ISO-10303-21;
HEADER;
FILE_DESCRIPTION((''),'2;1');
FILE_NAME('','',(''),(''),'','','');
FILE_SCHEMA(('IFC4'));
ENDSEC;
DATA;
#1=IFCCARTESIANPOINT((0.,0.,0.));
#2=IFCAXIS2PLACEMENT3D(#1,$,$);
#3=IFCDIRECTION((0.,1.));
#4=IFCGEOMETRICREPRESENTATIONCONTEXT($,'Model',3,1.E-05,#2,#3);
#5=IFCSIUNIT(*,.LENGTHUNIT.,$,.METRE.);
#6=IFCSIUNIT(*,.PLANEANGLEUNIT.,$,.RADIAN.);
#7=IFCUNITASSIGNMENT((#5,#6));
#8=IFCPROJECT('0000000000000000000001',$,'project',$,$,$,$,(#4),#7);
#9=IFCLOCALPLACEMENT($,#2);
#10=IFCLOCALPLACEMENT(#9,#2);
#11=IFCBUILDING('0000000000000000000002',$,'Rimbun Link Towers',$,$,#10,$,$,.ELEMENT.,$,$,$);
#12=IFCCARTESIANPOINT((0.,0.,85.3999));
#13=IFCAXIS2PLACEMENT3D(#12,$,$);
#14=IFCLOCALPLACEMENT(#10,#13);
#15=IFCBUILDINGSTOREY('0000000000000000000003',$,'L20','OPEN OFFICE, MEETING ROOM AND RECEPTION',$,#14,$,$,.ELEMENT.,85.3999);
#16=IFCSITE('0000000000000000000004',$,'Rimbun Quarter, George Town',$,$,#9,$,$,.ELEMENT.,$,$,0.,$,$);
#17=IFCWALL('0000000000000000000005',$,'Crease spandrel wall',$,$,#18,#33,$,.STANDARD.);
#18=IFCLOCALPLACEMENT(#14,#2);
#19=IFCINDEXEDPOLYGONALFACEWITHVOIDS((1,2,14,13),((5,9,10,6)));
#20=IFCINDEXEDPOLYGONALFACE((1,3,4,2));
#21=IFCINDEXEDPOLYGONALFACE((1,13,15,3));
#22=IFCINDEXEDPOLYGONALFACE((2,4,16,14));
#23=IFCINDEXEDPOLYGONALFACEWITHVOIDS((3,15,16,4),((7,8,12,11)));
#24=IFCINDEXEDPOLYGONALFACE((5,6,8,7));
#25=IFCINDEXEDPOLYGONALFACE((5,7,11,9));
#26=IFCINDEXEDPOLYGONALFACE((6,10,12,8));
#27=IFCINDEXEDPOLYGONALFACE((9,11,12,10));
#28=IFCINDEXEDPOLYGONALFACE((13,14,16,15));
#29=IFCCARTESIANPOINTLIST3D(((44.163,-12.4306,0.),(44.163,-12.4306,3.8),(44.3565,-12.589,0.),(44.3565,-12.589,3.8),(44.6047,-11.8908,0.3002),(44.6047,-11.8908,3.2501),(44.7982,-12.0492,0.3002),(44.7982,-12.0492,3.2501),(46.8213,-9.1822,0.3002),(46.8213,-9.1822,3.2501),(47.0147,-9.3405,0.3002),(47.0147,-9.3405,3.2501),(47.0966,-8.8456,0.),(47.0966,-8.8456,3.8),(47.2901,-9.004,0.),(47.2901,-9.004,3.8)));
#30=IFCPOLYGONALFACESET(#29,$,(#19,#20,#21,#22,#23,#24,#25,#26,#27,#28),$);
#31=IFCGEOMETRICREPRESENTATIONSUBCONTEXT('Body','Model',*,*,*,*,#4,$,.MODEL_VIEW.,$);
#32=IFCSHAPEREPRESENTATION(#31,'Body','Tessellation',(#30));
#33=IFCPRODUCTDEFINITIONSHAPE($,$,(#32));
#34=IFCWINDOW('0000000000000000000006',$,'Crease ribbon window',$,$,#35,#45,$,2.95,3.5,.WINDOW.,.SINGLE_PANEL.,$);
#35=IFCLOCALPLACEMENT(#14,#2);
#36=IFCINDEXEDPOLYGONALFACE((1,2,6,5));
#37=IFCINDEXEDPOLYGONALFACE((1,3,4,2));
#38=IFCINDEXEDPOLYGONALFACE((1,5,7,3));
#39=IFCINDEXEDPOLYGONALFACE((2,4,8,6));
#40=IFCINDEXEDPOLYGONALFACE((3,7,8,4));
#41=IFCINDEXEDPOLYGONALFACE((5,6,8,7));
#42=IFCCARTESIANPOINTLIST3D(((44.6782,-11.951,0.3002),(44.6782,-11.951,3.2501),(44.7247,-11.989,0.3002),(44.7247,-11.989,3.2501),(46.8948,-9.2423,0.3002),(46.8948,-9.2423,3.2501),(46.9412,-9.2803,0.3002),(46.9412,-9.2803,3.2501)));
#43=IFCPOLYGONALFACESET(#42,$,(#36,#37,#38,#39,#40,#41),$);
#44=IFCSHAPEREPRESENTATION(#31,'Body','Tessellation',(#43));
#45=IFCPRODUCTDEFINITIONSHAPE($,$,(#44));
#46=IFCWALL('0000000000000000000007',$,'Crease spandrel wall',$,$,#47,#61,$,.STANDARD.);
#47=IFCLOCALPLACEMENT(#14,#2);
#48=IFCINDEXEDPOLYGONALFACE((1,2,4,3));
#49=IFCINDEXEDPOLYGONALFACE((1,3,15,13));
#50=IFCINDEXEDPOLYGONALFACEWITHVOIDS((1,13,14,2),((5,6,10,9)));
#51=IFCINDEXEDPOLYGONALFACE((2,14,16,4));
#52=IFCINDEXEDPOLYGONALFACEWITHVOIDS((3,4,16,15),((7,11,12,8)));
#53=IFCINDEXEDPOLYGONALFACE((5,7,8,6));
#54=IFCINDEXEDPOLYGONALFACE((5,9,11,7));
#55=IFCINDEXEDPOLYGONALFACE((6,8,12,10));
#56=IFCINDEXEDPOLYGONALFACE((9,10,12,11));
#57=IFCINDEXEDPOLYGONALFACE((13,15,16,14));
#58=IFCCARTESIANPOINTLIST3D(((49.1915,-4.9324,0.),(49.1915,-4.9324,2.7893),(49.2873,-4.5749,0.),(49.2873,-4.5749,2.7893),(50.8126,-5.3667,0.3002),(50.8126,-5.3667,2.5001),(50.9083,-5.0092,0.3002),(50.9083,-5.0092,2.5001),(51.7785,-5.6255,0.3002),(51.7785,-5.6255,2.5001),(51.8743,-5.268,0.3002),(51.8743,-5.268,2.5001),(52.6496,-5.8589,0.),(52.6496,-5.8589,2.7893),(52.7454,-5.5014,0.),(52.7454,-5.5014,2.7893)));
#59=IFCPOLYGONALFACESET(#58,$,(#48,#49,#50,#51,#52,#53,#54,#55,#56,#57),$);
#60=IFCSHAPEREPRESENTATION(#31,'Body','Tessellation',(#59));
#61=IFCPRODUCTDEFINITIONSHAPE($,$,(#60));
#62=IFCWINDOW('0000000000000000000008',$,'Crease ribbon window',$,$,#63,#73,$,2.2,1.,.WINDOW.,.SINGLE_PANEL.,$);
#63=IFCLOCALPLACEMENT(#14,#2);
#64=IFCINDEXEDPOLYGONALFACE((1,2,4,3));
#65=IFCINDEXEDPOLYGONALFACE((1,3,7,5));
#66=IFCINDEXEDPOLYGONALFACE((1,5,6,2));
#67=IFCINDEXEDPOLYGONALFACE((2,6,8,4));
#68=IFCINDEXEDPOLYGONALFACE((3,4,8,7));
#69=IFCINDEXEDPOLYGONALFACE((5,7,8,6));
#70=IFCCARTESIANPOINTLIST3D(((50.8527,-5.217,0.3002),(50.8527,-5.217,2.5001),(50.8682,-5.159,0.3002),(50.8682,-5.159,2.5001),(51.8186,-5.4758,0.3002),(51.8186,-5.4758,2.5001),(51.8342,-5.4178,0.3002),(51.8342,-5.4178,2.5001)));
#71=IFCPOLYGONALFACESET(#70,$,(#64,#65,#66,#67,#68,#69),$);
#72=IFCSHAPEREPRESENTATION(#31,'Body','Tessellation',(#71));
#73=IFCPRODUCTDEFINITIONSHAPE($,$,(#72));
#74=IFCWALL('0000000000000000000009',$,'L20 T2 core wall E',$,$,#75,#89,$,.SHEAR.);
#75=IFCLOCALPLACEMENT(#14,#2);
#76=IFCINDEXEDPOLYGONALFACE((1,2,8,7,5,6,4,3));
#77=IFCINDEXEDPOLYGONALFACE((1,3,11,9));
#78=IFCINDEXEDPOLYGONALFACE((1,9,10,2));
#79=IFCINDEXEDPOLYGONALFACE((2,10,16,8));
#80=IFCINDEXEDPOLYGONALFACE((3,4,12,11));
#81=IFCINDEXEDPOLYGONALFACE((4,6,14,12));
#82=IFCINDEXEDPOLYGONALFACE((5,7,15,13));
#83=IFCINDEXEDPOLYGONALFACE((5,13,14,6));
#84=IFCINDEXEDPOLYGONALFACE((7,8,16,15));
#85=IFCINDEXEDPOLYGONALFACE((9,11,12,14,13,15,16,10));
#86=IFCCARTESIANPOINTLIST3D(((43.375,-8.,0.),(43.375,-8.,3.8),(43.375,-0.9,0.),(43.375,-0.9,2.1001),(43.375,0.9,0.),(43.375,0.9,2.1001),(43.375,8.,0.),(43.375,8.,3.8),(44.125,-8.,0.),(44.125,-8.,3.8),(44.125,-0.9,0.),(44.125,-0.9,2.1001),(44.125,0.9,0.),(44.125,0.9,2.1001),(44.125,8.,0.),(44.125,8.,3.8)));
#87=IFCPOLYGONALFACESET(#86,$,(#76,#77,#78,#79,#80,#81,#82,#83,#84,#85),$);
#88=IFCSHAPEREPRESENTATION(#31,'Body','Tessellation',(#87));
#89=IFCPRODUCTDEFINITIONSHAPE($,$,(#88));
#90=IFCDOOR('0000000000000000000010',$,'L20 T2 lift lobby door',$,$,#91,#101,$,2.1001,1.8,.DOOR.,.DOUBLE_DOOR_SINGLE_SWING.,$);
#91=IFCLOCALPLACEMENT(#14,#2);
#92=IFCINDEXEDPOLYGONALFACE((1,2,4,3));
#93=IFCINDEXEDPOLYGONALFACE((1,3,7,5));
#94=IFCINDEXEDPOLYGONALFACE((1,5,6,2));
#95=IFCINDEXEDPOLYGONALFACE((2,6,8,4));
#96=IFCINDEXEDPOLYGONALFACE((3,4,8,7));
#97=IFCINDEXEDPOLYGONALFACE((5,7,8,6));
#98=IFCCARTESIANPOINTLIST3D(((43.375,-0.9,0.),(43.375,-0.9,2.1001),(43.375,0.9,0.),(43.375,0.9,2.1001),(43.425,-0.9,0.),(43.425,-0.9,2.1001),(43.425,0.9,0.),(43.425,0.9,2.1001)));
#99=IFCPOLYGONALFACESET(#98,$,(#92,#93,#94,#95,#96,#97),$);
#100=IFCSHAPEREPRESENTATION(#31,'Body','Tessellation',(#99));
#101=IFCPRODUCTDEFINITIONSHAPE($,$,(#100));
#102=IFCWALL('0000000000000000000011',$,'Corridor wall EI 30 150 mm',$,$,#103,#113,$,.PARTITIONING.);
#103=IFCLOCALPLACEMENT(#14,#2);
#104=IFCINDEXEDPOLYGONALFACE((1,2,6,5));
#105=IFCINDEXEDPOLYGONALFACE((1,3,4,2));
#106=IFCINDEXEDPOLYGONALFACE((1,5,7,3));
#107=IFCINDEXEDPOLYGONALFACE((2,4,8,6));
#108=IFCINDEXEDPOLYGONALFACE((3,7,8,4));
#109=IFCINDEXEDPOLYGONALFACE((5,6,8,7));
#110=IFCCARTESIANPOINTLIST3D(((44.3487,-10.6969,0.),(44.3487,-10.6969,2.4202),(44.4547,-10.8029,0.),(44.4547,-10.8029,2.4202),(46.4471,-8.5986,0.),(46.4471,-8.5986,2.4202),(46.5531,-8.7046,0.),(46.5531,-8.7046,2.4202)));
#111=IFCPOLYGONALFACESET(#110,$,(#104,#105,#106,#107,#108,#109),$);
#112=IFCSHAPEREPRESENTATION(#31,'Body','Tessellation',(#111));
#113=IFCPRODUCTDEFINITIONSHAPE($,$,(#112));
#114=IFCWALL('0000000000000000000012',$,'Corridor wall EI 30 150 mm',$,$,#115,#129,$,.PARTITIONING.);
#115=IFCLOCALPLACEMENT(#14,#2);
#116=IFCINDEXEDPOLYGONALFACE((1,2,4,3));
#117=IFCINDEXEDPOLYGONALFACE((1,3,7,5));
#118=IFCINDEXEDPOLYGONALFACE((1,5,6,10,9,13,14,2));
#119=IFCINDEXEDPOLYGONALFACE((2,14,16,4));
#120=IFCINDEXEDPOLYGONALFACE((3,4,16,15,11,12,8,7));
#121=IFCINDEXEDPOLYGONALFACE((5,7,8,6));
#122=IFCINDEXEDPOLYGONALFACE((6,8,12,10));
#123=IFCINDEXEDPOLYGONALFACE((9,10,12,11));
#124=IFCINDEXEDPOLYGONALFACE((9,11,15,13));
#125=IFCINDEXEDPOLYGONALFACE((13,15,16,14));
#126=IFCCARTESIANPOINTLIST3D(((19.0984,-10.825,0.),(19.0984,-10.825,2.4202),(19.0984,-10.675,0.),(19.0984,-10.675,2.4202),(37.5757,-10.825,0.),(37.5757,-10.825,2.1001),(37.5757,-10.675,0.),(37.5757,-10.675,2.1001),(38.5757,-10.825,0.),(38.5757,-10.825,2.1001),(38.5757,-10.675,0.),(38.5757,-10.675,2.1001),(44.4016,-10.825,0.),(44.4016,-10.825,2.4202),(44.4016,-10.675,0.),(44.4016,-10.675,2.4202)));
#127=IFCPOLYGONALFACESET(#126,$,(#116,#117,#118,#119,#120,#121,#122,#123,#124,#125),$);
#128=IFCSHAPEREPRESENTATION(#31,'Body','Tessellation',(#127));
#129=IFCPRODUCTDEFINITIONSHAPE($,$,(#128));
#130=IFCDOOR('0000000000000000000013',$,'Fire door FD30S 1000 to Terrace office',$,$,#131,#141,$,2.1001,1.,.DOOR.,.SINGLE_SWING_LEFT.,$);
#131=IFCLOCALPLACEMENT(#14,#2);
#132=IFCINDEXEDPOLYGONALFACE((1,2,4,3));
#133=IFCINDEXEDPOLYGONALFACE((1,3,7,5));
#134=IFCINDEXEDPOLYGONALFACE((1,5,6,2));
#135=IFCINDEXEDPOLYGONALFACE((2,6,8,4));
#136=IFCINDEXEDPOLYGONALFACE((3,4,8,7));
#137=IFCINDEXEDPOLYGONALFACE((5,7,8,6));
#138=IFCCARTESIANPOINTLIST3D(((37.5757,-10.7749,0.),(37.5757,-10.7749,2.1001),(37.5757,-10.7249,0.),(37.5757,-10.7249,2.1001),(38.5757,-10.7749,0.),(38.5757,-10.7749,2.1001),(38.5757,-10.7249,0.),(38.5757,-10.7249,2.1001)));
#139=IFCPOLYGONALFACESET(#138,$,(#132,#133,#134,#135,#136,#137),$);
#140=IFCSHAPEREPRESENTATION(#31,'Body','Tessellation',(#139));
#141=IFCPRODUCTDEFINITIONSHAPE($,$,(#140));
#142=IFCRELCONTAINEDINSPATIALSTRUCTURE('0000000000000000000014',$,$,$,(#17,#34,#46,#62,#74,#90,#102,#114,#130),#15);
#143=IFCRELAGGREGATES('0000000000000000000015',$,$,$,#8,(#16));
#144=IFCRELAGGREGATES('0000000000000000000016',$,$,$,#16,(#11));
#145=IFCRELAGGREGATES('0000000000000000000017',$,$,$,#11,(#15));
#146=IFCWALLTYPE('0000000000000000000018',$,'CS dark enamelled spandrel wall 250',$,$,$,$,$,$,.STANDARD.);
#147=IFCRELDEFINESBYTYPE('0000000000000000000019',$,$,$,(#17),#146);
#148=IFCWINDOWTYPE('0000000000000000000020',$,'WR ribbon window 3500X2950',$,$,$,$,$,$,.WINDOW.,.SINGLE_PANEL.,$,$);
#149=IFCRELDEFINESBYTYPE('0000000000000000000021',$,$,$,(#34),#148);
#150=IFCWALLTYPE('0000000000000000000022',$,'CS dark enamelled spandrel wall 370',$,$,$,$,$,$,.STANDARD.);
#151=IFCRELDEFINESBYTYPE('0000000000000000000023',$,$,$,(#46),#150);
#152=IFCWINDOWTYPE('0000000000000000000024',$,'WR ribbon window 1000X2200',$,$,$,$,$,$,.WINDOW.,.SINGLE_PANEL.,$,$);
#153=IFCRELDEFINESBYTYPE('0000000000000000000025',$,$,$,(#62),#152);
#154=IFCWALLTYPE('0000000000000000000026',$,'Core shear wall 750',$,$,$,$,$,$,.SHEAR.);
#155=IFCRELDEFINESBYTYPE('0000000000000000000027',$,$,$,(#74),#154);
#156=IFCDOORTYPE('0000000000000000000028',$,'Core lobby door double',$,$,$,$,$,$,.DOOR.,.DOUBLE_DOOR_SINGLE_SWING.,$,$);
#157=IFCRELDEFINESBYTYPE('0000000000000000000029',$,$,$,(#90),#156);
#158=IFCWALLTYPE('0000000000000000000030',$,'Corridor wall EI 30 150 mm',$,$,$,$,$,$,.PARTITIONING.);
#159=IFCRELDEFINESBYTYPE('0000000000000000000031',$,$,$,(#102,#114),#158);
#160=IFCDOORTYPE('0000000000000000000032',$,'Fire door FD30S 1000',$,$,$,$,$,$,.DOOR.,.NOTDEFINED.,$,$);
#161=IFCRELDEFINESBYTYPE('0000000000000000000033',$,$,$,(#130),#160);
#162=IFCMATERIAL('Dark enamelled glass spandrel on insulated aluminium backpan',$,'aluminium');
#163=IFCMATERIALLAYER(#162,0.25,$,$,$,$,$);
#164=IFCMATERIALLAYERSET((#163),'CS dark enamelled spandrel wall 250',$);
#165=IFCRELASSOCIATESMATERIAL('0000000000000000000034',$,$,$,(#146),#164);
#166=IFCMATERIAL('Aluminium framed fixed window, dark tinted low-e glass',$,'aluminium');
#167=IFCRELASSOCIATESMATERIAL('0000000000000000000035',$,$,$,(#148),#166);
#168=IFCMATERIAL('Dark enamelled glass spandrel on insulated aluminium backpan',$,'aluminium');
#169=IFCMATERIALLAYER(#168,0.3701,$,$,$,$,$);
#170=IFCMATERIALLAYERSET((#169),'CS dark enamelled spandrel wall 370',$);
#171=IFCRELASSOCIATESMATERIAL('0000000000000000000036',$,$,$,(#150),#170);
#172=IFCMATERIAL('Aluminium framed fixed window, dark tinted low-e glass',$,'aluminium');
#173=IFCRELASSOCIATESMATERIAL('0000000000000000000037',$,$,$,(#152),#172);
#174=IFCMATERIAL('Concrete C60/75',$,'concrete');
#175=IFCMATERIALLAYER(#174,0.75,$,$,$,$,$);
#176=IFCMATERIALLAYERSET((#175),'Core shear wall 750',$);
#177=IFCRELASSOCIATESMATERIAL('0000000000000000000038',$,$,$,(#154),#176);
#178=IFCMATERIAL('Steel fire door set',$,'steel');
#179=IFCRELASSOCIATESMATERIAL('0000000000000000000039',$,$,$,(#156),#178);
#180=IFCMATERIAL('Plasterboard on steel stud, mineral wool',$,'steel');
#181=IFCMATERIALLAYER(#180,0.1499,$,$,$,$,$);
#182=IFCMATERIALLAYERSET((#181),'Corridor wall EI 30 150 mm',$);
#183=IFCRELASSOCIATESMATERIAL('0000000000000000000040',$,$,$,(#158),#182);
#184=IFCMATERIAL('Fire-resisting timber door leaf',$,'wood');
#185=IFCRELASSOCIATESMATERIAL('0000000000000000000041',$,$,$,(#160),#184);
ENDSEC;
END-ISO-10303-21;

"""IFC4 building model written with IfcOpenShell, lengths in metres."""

from ifc_helpers import new_model, si_unit, direction, frame, frame_2d, origin, place, context, subcontext, project, spatial, rectangle, extrude, material, layer, layer_set, type_object, element, fill, save


model = new_model("IFC4")

# Units and contexts
model_context = context("Model", 3, precision=1e-05, world=origin(), true_north=direction((0.0, 1.0)))
body_context = subcontext(model_context, "Body", "Model", "MODEL_VIEW")
ifc_project = project(units=[si_unit("LENGTHUNIT", "METRE"), si_unit("PLANEANGLEUNIT", "RADIAN")], contexts=[model_context])

# Site, building, storey
site_placement = place(None, origin())
site = spatial("IfcSite", under=ifc_project, at=site_placement, Name="Rimbun Quarter, George Town", CompositionType="ELEMENT", RefElevation=0.0)
building_placement = place(site_placement, origin())
building = spatial("IfcBuilding", under=site, at=building_placement, Name="Rimbun Link Towers", CompositionType="ELEMENT")
storey_placement = place(building_placement, frame((0.0, 0.0, 85.3999)))
storey = spatial("IfcBuildingStorey", under=building, at=storey_placement, Name="L20", Description="OPEN OFFICE, MEETING ROOM AND RECEPTION", CompositionType="ELEMENT", Elevation=85.3999)

# Walls, openings, windows
ifc_material_1 = material(Name="Dark enamelled glass spandrel on insulated aluminium backpan", Category="aluminium")
ifc_layer_1 = layer(ifc_material_1, 0.25)
ifc_layer_set_1 = layer_set([ifc_layer_1], Name="CS dark enamelled spandrel wall 250")
wall_type_1 = type_object("IfcWallType", Name="CS dark enamelled spandrel wall 250", PredefinedType="STANDARD", material=ifc_layer_set_1)
wall_1_placement = place(storey_placement, frame((47.1934, -8.9248, 0.0), z_axis=(0.0, 0.0, 1.0), x_axis=(-0.633295, -0.77391, 0.0)))
wall_1 = element("IfcWall", 1, at=wall_1_placement, inside=storey, type_object=wall_type_1, Name="Crease spandrel wall", PredefinedType="STANDARD", context=body_context, shape_type="SweptSolid", body=[
    extrude(rectangle(XDim=4.6323, YDim=0.25, at=frame_2d((2.3162, 0.0))), origin(), (0.0, 0.0, 1.0), 3.8),
])
opening_1_placement = place(wall_1_placement, frame((0.4348, 0.0, 0.3)))
opening_1 = element("IfcOpeningElement", 2, at=opening_1_placement, cuts=wall_1, PredefinedType="OPENING", context=body_context, shape_type="SweptSolid", body=[
    extrude(rectangle(XDim=3.5, YDim=2.95, at=frame_2d((1.75, 1.4751))), frame((0.0, 0.135, 0.0), z_axis=(0.0, -1.0, 0.0), x_axis=(1.0, 0.0, 0.0)), (0.0, 0.0, 1.0), 0.27),
])
ifc_material_2 = material(Name="Aluminium framed fixed window, dark tinted low-e glass", Category="aluminium")
window_type_1 = type_object("IfcWindowType", Name="WR ribbon window 3500X2950", PartitioningType="SINGLE_PANEL", PredefinedType="WINDOW", material=ifc_material_2)
window_1_placement = place(opening_1_placement, origin())
window_1 = element("IfcWindow", 3, at=window_1_placement, inside=storey, type_object=window_type_1, Name="Crease ribbon window", OverallHeight=2.95, OverallWidth=3.5, PartitioningType="SINGLE_PANEL", PredefinedType="WINDOW", context=body_context, shape_type="SweptSolid", body=[
    extrude(rectangle(XDim=3.5, YDim=2.95, at=frame_2d((1.75, 1.4751))), frame((0.0, 0.03, 0.0), z_axis=(0.0, -1.0, 0.0), x_axis=(1.0, 0.0, 0.0)), (0.0, 0.0, 1.0), 0.0601),
])
fill(opening_1, window_1)
ifc_material_3 = material(Name="Dark enamelled glass spandrel on insulated aluminium backpan", Category="aluminium")
ifc_layer_2 = layer(ifc_material_3, 0.3701)
ifc_layer_set_2 = layer_set([ifc_layer_2], Name="CS dark enamelled spandrel wall 370")
wall_type_2 = type_object("IfcWallType", Name="CS dark enamelled spandrel wall 370", PredefinedType="STANDARD", material=ifc_layer_set_2)
wall_2_placement = place(storey_placement, frame((52.6975, -5.6802, 0.0), z_axis=(0.0, 0.0, 1.0), x_axis=(-0.96593, 0.258804, 0.0)))
wall_2 = element("IfcWall", 4, at=wall_2_placement, inside=storey, type_object=wall_type_2, Name="Crease spandrel wall", PredefinedType="STANDARD", context=body_context, shape_type="SweptSolid", body=[
    extrude(rectangle(XDim=3.5801, YDim=0.3701, at=frame_2d((1.79, 0.0))), origin(), (0.0, 0.0, 1.0), 2.7893),
])
opening_2_placement = place(wall_2_placement, frame((0.9019, 0.0, 0.3)))
opening_2 = element("IfcOpeningElement", 5, at=opening_2_placement, cuts=wall_2, PredefinedType="OPENING", context=body_context, shape_type="SweptSolid", body=[
    extrude(rectangle(XDim=1.0, YDim=2.2, at=frame_2d((0.5, 1.1001))), frame((0.0, 0.1951, 0.0), z_axis=(0.0, -1.0, 0.0), x_axis=(1.0, 0.0, 0.0)), (0.0, 0.0, 1.0), 0.3901),
])
ifc_material_4 = material(Name="Aluminium framed fixed window, dark tinted low-e glass", Category="aluminium")
window_type_2 = type_object("IfcWindowType", Name="WR ribbon window 1000X2200", PartitioningType="SINGLE_PANEL", PredefinedType="WINDOW", material=ifc_material_4)
window_2_placement = place(opening_2_placement, origin())
window_2 = element("IfcWindow", 6, at=window_2_placement, inside=storey, type_object=window_type_2, Name="Crease ribbon window", OverallHeight=2.2, OverallWidth=1.0, PartitioningType="SINGLE_PANEL", PredefinedType="WINDOW", context=body_context, shape_type="SweptSolid", body=[
    extrude(rectangle(XDim=1.0, YDim=2.2, at=frame_2d((0.5, 1.1001))), frame((0.0, 0.03, 0.0), z_axis=(0.0, -1.0, 0.0), x_axis=(1.0, 0.0, 0.0)), (0.0, 0.0, 1.0), 0.0601),
])
fill(opening_2, window_2)

# Wall, opening, door
ifc_material_5 = material(Name="Concrete C60/75", Category="concrete")
ifc_layer_3 = layer(ifc_material_5, 0.75)
ifc_layer_set_3 = layer_set([ifc_layer_3], Name="Core shear wall 750")
wall_type_3 = type_object("IfcWallType", Name="Core shear wall 750", PredefinedType="SHEAR", material=ifc_layer_set_3)
wall_3_placement = place(storey_placement, frame((43.75, -8.0, 0.0), z_axis=(0.0, 0.0, 1.0), x_axis=(0.0, 1.0, 0.0)))
wall_3 = element("IfcWall", 7, at=wall_3_placement, inside=storey, type_object=wall_type_3, Name="L20 T2 core wall E", PredefinedType="SHEAR", context=body_context, shape_type="SweptSolid", body=[
    extrude(rectangle(XDim=16.0, YDim=0.75, at=frame_2d((8.0, 0.0))), origin(), (0.0, 0.0, 1.0), 3.8),
])
opening_3_placement = place(wall_3_placement, frame((7.1001, 0.0, 0.0)))
opening_3 = element("IfcOpeningElement", 8, at=opening_3_placement, cuts=wall_3, PredefinedType="OPENING", context=body_context, shape_type="SweptSolid", body=[
    extrude(rectangle(XDim=1.8, YDim=2.1001, at=frame_2d((0.8999, 1.05))), frame((0.0, 0.385, 0.0), z_axis=(0.0, -1.0, 0.0), x_axis=(1.0, 0.0, 0.0)), (0.0, 0.0, 1.0), 0.77),
])
ifc_material_6 = material(Name="Steel fire door set", Category="steel")
door_type_1 = type_object("IfcDoorType", Name="Core lobby door double", OperationType="DOUBLE_DOOR_SINGLE_SWING", PredefinedType="DOOR", material=ifc_material_6)
door_1_placement = place(opening_3_placement, origin())
door_1 = element("IfcDoor", 9, at=door_1_placement, inside=storey, type_object=door_type_1, Name="L20 T2 lift lobby door", OperationType="DOUBLE_DOOR_SINGLE_SWING", OverallHeight=2.1001, OverallWidth=1.8, PredefinedType="DOOR", context=body_context, shape_type="SweptSolid", body=[
    extrude(rectangle(XDim=1.8, YDim=2.1001, at=frame_2d((0.8999, 1.05))), frame((0.0, 0.375, 0.0), z_axis=(0.0, -1.0, 0.0), x_axis=(1.0, 0.0, 0.0)), (0.0, 0.0, 1.0), 0.05),
])
fill(opening_3, door_1)

# Wall
ifc_material_7 = material(Name="Plasterboard on steel stud, mineral wool", Category="steel")
ifc_layer_4 = layer(ifc_material_7, 0.1499)
ifc_layer_set_4 = layer_set([ifc_layer_4], Name="Corridor wall EI 30 150 mm")
wall_type_4 = type_object("IfcWallType", Name="Corridor wall EI 30 150 mm", PredefinedType="PARTITIONING", material=ifc_layer_set_4)
wall_4_placement = place(storey_placement, frame((44.4016, -10.75, 0.0), z_axis=(0.0, 0.0, 1.0), x_axis=(0.707107, 0.707107, 0.0)))
element("IfcWall", 10, at=wall_4_placement, inside=storey, type_object=wall_type_4, Name="Corridor wall EI 30 150 mm", PredefinedType="PARTITIONING", context=body_context, shape_type="SweptSolid", body=[
    extrude(rectangle(XDim=2.9675, YDim=0.1499, at=frame_2d((1.4839, 0.0))), origin(), (0.0, 0.0, 1.0), 2.4202),
])

# Wall, opening, door
wall_5_placement = place(storey_placement, frame((44.4016, -10.75, 0.0), z_axis=(0.0, 0.0, 1.0), x_axis=(-1.0, 0.0, 0.0)))
wall_5 = element("IfcWall", 11, at=wall_5_placement, inside=storey, type_object=wall_type_4, Name="Corridor wall EI 30 150 mm", PredefinedType="PARTITIONING", context=body_context, shape_type="SweptSolid", body=[
    extrude(rectangle(XDim=25.3032, YDim=0.1499, at=frame_2d((12.6516, 0.0))), origin(), (0.0, 0.0, 1.0), 2.4202),
])
opening_4_placement = place(wall_5_placement, frame((5.8259, 0.0, 0.0)))
opening_4 = element("IfcOpeningElement", 12, at=opening_4_placement, cuts=wall_5, PredefinedType="OPENING", context=body_context, shape_type="SweptSolid", body=[
    extrude(rectangle(XDim=1.0, YDim=2.1001, at=frame_2d((0.5, 1.05))), frame((0.0, 0.085, 0.0), z_axis=(0.0, -1.0, 0.0), x_axis=(1.0, 0.0, 0.0)), (0.0, 0.0, 1.0), 0.1699),
])
ifc_material_8 = material(Name="Fire-resisting timber door leaf", Category="wood")
door_type_2 = type_object("IfcDoorType", Name="Fire door FD30S 1000", OperationType="NOTDEFINED", PredefinedType="DOOR", material=ifc_material_8)
door_2_placement = place(opening_4_placement, origin())
door_2 = element("IfcDoor", 13, at=door_2_placement, inside=storey, type_object=door_type_2, Name="Fire door FD30S 1000 to Terrace office", OperationType="SINGLE_SWING_LEFT", OverallHeight=2.1001, OverallWidth=1.0, PredefinedType="DOOR", context=body_context, shape_type="SweptSolid", body=[
    extrude(rectangle(XDim=1.0, YDim=2.1001, at=frame_2d((0.5, 1.05))), frame((0.0, 0.0249, 0.0), z_axis=(0.0, -1.0, 0.0), x_axis=(1.0, 0.0, 0.0)), (0.0, 0.0, 1.0), 0.05),
])
fill(opening_4, door_2)

save(model, "model.ifc")
